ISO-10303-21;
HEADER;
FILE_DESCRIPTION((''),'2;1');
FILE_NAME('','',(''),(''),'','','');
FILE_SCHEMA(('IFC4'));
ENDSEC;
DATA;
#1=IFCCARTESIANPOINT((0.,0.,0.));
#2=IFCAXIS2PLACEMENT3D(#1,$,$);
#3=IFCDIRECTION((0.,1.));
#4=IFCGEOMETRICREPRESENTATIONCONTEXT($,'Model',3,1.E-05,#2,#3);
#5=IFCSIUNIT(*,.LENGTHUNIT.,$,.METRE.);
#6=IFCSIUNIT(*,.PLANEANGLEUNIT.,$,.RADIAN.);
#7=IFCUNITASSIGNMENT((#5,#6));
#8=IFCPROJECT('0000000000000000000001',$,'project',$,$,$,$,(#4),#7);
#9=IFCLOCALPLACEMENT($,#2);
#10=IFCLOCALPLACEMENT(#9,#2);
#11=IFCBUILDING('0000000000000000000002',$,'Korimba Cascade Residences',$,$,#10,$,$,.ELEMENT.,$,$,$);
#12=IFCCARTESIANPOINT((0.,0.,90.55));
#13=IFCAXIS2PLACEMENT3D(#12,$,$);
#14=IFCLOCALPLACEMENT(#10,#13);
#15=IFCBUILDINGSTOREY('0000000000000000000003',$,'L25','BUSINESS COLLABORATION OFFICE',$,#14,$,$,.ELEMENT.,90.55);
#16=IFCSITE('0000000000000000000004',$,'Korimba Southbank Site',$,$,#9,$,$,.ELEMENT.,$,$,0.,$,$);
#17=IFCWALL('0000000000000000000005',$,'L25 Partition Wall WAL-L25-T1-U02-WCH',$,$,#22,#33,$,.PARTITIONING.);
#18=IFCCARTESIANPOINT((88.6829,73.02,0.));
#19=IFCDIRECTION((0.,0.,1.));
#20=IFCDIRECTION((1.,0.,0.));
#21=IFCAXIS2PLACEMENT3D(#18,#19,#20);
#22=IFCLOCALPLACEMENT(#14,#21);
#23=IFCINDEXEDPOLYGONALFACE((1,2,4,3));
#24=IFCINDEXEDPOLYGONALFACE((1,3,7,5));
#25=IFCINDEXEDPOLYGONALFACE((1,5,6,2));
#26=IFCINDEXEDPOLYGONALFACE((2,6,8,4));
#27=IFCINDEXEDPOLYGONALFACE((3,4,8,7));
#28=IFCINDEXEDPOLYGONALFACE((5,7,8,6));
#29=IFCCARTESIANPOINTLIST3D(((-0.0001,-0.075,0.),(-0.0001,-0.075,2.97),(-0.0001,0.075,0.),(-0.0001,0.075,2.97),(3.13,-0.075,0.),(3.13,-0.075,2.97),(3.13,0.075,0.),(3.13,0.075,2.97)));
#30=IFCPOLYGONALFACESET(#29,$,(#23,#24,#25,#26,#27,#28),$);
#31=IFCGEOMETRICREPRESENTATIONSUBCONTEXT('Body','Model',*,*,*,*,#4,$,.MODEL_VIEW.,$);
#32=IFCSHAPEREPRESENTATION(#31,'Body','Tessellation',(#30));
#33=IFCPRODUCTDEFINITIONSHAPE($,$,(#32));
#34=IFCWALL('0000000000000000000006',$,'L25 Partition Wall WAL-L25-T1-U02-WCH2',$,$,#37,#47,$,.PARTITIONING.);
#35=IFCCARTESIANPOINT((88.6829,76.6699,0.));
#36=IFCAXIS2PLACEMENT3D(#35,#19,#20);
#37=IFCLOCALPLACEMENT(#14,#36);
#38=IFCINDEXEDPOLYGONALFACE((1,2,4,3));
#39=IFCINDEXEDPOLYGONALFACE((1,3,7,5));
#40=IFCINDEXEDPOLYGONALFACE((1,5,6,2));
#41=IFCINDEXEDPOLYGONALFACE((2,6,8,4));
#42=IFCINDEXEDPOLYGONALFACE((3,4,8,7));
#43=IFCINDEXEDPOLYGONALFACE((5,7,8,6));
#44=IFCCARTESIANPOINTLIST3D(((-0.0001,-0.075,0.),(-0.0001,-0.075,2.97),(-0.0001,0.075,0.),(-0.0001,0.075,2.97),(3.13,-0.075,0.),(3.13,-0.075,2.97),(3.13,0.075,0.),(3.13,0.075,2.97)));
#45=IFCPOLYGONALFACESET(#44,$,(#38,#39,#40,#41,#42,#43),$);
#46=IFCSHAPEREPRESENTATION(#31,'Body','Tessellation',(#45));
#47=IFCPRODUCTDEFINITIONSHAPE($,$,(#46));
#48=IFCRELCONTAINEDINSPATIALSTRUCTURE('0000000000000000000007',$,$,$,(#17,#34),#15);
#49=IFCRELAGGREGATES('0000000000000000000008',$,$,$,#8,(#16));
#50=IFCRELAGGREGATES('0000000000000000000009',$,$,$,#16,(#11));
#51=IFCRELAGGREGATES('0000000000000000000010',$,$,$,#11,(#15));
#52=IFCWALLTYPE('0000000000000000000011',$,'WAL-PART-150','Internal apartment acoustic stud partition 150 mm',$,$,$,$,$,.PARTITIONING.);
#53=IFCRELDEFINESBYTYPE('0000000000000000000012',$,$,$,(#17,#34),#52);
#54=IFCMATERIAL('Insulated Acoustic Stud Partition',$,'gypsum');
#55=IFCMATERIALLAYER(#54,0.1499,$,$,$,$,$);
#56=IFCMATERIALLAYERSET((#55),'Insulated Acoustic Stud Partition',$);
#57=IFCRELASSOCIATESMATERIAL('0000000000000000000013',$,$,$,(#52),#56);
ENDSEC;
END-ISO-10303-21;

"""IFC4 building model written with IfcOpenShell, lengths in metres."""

from ifc_helpers import new_model, si_unit, direction, frame, frame_2d, origin, place, context, subcontext, project, spatial, rectangle, extrude, material, layer, layer_set, type_object, element, save


model = new_model("IFC4")

# Units and contexts
model_context = context("Model", 3, precision=1e-05, world=origin(), true_north=direction((0.0, 1.0)))
body_context = subcontext(model_context, "Body", "Model", "MODEL_VIEW")
ifc_project = project(units=[si_unit("LENGTHUNIT", "METRE"), si_unit("PLANEANGLEUNIT", "RADIAN")], contexts=[model_context])

# Site, building, storey
site_placement = place(None, origin())
site = spatial("IfcSite", under=ifc_project, at=site_placement, Name="Korimba Southbank Site", CompositionType="ELEMENT", RefElevation=0.0)
building_placement = place(site_placement, origin())
building = spatial("IfcBuilding", under=site, at=building_placement, Name="Korimba Cascade Residences", CompositionType="ELEMENT")
storey_placement = place(building_placement, frame((0.0, 0.0, 90.55)))
storey = spatial("IfcBuildingStorey", under=building, at=storey_placement, Name="L25", Description="BUSINESS COLLABORATION OFFICE", CompositionType="ELEMENT", Elevation=90.55)

# Walls
ifc_material_1 = material(Name="Insulated Acoustic Stud Partition", Category="gypsum")
ifc_layer_1 = layer(ifc_material_1, 0.1499)
ifc_layer_set_1 = layer_set([ifc_layer_1], Name="Insulated Acoustic Stud Partition")
wall_type_1 = type_object("IfcWallType", Name="WAL-PART-150", Description="Internal apartment acoustic stud partition 150 mm", PredefinedType="PARTITIONING", material=ifc_layer_set_1)
for number, where, z_axis, x_axis, name in (
    (1, (88.6829, 73.02, 0.0), (0.0, 0.0, 1.0), (1.0, 0.0, 0.0), "L25 Partition Wall WAL-L25-T1-U02-WCH"),
    (2, (88.6829, 76.6699, 0.0), (0.0, 0.0, 1.0), (1.0, 0.0, 0.0), "L25 Partition Wall WAL-L25-T1-U02-WCH2"),
):
    element("IfcWall", number, at=place(storey_placement, frame(where, z_axis=z_axis, x_axis=x_axis)), inside=storey, type_object=wall_type_1, Name=name, PredefinedType="PARTITIONING", context=body_context, shape_type="SweptSolid", body=[
        extrude(rectangle(XDim=3.1301, YDim=0.1499, at=frame_2d((1.5649, 0.0))), origin(), (0.0, 0.0, 1.0), 2.97),
    ])

save(model, "model.ifc")
